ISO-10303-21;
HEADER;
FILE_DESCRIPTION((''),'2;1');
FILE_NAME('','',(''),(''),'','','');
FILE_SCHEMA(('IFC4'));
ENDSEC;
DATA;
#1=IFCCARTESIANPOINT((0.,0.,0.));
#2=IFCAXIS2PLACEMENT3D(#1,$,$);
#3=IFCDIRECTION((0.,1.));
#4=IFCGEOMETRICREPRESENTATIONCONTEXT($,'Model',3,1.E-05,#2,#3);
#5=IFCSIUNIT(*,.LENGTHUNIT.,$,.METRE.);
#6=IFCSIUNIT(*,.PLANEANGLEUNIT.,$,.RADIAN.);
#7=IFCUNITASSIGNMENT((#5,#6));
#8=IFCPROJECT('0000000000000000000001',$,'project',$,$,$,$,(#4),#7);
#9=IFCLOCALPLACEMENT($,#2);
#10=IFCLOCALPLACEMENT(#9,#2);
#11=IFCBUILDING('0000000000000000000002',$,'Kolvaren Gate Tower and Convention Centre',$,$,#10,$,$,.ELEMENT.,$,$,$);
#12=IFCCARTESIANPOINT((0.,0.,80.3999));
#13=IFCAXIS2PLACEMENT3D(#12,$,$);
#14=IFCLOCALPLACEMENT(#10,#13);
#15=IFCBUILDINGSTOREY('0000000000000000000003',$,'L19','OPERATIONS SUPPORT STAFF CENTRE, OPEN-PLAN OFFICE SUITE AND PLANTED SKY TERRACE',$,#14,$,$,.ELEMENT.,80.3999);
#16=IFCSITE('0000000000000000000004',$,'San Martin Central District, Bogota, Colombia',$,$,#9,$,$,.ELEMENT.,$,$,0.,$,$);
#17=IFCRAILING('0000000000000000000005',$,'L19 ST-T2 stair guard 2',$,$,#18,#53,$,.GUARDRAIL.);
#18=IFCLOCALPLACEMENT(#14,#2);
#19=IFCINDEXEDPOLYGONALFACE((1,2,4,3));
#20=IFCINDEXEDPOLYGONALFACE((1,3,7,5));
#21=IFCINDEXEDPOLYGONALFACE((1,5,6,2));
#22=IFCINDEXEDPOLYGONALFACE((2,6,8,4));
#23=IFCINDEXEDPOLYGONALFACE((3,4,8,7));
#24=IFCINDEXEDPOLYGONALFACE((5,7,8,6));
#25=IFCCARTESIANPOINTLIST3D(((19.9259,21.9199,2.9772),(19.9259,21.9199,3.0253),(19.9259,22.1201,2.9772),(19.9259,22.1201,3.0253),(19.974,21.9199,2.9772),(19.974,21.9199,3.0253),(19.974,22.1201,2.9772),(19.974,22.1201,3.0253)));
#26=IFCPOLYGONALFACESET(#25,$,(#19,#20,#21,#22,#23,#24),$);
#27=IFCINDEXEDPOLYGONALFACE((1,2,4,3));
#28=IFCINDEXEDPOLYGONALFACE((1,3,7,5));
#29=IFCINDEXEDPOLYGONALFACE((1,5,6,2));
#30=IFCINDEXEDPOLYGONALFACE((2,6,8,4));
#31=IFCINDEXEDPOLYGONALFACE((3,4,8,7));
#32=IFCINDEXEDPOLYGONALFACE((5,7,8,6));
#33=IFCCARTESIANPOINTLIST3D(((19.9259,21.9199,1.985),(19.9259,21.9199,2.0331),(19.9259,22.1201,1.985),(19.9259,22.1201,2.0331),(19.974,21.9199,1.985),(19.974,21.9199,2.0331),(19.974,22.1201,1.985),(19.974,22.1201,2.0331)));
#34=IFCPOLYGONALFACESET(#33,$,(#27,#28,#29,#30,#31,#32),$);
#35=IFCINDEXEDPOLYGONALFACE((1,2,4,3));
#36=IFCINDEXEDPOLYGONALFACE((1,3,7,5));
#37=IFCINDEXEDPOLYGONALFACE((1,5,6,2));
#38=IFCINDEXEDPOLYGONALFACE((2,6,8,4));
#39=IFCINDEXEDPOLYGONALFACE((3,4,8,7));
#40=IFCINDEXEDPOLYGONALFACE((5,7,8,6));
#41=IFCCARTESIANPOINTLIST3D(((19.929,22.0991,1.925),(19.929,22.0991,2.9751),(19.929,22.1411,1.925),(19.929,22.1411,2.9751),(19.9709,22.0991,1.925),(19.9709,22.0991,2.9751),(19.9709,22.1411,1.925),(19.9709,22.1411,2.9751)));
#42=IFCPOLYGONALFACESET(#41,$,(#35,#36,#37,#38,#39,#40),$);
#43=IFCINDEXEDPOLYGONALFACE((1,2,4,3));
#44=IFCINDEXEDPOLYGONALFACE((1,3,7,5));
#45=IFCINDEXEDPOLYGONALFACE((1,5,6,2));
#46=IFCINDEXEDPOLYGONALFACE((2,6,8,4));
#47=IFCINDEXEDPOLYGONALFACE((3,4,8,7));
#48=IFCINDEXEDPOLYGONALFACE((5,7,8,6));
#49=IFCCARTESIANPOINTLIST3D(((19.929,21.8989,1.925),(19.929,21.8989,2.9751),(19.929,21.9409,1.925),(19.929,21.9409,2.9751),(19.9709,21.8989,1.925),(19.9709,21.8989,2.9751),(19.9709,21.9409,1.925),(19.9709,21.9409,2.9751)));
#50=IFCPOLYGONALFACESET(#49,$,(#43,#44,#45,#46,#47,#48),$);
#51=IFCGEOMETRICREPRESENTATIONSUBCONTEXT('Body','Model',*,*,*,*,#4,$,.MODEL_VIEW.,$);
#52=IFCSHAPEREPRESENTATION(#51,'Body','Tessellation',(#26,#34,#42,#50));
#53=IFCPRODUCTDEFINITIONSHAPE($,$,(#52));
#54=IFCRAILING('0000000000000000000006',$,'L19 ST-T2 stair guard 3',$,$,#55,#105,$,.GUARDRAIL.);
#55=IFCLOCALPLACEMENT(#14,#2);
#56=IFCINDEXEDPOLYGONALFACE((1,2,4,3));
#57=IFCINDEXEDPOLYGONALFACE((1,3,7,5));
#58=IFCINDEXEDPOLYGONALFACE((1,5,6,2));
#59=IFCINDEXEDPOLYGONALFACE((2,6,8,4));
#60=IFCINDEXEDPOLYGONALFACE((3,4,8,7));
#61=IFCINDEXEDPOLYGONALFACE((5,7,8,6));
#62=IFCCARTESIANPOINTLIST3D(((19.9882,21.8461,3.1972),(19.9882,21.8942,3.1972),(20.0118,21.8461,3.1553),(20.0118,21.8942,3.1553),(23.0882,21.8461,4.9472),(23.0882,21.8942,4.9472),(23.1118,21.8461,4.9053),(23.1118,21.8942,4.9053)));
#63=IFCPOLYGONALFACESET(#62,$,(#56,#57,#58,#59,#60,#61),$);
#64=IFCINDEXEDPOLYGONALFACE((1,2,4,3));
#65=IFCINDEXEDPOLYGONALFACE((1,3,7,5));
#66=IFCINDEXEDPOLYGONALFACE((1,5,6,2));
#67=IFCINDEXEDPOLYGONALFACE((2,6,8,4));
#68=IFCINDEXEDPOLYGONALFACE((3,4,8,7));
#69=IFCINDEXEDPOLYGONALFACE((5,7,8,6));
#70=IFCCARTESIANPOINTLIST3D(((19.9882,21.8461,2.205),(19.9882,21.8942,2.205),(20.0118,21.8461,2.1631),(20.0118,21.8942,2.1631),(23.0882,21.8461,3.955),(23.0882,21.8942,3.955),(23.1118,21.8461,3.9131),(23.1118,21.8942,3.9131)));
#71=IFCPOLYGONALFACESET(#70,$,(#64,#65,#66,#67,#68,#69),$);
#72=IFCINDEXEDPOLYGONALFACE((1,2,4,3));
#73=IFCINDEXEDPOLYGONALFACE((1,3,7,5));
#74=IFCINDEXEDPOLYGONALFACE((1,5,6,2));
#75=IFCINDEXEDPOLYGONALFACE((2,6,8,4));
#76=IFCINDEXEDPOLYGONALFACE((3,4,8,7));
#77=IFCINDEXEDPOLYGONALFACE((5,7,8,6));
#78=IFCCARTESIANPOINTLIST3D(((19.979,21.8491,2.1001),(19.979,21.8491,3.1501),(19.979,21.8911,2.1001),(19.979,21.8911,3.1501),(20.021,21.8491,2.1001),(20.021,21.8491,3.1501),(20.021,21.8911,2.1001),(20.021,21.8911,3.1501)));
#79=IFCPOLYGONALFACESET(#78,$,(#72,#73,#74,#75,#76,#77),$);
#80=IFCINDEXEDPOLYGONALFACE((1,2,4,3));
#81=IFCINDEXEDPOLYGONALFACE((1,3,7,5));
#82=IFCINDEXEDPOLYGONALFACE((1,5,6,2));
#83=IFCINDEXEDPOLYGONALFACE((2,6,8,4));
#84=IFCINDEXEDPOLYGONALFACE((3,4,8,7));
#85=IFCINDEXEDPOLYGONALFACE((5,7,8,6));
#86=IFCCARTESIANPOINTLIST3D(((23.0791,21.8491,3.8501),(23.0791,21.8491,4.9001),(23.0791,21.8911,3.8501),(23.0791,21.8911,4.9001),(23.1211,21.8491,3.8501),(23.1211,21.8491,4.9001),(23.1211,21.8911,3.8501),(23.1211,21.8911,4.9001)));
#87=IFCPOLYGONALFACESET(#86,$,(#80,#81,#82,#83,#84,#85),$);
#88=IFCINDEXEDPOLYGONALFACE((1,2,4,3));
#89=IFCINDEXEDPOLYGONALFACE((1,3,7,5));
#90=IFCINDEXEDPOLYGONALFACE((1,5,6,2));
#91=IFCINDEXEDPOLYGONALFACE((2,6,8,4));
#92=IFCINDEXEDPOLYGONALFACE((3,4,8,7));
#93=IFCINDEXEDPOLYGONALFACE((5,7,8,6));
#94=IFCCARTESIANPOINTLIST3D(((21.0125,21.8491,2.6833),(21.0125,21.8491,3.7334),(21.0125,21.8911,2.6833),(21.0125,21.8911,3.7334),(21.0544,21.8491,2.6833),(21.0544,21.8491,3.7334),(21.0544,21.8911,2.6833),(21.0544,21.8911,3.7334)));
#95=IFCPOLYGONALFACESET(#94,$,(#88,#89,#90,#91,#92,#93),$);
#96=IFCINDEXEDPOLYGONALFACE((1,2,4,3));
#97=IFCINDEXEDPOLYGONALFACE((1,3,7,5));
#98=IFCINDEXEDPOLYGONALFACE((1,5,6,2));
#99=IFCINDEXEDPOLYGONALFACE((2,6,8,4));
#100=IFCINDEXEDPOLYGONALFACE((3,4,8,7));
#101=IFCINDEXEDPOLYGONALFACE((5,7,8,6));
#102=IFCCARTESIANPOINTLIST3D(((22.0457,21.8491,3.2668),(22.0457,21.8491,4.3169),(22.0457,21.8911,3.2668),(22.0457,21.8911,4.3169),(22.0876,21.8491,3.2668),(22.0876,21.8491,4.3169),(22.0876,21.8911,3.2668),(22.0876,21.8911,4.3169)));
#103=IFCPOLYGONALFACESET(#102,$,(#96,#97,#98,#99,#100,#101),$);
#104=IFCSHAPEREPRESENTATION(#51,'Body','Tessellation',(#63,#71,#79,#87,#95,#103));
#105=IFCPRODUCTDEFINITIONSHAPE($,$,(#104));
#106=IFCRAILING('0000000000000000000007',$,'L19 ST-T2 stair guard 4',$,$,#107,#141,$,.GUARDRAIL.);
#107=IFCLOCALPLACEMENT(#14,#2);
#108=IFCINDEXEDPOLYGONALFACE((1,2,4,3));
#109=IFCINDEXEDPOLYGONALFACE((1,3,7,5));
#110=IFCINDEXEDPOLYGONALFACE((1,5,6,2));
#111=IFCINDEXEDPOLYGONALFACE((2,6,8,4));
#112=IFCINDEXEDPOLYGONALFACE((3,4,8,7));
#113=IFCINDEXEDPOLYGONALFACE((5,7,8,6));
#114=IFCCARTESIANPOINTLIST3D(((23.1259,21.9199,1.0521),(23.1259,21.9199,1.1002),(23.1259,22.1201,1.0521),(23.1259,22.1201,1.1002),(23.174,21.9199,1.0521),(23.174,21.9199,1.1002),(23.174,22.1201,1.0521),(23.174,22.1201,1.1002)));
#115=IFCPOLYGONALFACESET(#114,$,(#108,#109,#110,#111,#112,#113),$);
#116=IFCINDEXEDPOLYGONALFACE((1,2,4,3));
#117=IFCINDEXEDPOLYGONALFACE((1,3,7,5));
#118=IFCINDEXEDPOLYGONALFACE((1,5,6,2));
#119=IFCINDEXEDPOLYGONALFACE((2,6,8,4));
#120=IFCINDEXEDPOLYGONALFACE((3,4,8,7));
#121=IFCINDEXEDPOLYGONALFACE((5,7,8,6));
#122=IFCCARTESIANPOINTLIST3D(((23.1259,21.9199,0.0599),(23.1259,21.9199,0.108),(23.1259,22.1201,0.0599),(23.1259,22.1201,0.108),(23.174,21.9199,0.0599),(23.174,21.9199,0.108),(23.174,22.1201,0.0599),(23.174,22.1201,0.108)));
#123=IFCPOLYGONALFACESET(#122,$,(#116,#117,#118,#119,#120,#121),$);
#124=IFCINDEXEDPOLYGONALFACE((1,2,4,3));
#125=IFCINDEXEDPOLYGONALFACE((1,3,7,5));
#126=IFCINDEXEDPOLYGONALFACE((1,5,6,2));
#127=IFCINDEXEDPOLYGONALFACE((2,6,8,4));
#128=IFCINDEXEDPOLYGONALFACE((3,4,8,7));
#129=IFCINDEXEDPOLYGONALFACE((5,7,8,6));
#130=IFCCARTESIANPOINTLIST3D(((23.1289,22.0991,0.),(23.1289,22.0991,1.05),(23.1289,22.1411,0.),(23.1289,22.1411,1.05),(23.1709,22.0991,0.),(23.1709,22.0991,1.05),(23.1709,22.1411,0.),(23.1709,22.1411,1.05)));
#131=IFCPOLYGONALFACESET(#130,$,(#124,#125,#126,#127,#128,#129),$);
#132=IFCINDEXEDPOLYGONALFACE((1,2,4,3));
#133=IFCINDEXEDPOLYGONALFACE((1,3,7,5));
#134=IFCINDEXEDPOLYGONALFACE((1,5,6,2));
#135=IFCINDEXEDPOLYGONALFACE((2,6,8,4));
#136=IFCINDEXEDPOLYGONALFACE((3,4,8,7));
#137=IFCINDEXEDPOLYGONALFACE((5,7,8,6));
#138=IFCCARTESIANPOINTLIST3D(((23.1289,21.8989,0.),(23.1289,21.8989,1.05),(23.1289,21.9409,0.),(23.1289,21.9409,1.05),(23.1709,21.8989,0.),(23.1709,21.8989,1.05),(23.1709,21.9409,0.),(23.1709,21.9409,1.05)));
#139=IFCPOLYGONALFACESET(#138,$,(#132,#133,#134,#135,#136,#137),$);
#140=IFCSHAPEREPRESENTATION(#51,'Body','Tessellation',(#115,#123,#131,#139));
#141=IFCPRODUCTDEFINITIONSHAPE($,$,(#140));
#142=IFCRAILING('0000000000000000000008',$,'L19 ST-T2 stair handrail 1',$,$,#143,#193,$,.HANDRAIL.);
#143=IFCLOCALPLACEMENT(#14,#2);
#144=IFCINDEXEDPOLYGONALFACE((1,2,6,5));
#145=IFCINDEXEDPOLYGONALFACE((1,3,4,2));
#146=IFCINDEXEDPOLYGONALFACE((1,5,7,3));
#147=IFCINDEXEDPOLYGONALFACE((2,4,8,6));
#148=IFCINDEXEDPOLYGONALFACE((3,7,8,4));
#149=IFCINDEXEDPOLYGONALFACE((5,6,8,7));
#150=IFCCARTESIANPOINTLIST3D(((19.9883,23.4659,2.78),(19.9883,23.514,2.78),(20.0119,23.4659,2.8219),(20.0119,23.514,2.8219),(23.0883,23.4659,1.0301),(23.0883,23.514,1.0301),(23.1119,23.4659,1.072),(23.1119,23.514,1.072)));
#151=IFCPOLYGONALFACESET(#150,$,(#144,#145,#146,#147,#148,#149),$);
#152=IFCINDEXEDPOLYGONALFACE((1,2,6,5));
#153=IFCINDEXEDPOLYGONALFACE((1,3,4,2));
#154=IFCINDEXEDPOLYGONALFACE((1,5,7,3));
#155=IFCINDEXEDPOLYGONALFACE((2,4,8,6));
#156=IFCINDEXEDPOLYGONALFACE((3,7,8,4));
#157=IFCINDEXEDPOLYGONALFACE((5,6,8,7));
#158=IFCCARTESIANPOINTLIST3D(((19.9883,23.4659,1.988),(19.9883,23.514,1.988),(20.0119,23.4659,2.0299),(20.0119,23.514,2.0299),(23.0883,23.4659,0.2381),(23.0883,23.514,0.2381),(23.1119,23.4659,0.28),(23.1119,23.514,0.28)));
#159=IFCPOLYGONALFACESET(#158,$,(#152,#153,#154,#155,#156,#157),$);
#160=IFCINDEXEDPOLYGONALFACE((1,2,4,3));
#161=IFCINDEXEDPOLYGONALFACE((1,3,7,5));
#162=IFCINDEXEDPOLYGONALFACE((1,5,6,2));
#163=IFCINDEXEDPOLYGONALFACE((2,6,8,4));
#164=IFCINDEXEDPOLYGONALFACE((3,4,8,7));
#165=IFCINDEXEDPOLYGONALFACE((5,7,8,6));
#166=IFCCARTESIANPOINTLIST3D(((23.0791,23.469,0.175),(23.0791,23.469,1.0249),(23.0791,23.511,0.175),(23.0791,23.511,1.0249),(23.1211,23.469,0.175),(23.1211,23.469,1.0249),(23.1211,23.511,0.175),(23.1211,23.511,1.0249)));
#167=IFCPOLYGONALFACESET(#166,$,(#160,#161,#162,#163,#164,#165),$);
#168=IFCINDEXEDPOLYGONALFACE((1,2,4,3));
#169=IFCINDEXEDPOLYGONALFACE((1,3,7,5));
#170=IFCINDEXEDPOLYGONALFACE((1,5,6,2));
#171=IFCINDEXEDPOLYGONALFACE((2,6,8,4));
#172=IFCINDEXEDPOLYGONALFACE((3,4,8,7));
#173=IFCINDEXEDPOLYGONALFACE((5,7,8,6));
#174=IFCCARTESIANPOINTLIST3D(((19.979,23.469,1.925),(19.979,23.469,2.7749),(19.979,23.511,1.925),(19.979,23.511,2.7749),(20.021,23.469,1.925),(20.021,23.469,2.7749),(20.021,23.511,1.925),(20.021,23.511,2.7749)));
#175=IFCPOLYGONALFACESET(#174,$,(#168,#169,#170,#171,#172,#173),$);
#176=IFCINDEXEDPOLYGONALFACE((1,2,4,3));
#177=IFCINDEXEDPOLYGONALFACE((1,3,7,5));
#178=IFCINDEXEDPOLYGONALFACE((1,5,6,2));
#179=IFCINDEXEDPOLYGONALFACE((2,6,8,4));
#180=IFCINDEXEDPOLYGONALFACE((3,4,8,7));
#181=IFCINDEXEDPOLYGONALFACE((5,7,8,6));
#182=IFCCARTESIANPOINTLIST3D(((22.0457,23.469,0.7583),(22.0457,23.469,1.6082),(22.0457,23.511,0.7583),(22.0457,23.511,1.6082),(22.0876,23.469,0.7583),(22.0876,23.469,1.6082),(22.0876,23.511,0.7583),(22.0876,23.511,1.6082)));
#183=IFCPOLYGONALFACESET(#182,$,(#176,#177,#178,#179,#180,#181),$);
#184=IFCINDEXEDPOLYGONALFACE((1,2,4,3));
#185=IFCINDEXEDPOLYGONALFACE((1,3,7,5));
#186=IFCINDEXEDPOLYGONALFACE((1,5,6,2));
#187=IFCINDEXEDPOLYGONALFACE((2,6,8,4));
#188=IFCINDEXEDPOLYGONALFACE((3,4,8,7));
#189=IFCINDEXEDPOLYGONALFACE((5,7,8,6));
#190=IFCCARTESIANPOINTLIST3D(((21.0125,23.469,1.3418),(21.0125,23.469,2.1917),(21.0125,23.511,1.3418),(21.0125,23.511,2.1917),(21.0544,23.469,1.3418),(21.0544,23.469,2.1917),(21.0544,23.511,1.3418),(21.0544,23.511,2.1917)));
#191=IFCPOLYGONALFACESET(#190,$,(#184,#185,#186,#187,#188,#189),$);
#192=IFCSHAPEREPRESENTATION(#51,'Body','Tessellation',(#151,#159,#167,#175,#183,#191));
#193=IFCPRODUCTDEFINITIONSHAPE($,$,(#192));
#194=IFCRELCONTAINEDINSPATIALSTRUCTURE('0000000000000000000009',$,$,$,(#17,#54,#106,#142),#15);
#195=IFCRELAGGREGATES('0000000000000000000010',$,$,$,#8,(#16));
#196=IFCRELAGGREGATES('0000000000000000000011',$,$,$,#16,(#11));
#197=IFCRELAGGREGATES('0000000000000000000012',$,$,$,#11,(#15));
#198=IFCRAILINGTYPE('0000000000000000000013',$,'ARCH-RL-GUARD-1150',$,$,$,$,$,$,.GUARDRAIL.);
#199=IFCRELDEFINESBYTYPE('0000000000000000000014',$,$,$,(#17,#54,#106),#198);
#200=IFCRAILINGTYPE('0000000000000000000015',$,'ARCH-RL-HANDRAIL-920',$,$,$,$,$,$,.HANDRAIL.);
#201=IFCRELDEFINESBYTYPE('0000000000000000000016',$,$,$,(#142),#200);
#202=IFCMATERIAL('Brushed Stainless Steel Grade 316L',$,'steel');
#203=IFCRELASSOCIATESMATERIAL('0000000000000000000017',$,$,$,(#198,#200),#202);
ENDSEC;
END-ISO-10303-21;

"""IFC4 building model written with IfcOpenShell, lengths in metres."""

from ifc_helpers import new_model, si_unit, direction, frame, origin, origin_2d, place, context, subcontext, project, spatial, rectangle, extrude, material, type_object, element, save


model = new_model("IFC4")

# Units and contexts
model_context = context("Model", 3, precision=1e-05, world=origin(), true_north=direction((0.0, 1.0)))
body_context = subcontext(model_context, "Body", "Model", "MODEL_VIEW")
ifc_project = project(units=[si_unit("LENGTHUNIT", "METRE"), si_unit("PLANEANGLEUNIT", "RADIAN")], contexts=[model_context])

# Site, building, storey
site_placement = place(None, origin())
site = spatial("IfcSite", under=ifc_project, at=site_placement, Name="San Martin Central District, Bogota, Colombia", CompositionType="ELEMENT", RefElevation=0.0)
building_placement = place(site_placement, origin())
building = spatial("IfcBuilding", under=site, at=building_placement, Name="Kolvaren Gate Tower and Convention Centre", CompositionType="ELEMENT")
storey_placement = place(building_placement, frame((0.0, 0.0, 80.3999)))
storey = spatial("IfcBuildingStorey", under=building, at=storey_placement, Name="L19", Description="OPERATIONS SUPPORT STAFF CENTRE, OPEN-PLAN OFFICE SUITE AND PLANTED SKY TERRACE", CompositionType="ELEMENT", Elevation=80.3999)

# Shared definitions
ifc_material_1 = material(Name="Brushed Stainless Steel Grade 316L", Category="steel")

# Railings
railing_type_1 = type_object("IfcRailingType", Name="ARCH-RL-GUARD-1150", PredefinedType="GUARDRAIL", material=ifc_material_1)
railing_1_placement = place(storey_placement, frame((19.95, 22.1201, 1.925)))
element("IfcRailing", 1, at=railing_1_placement, inside=storey, type_object=railing_type_1, Name="L19 ST-T2 stair guard 2", PredefinedType="GUARDRAIL", context=body_context, shape_type="SweptSolid", body=[
    extrude(rectangle(XDim=0.0481, YDim=0.0481, at=origin_2d()), frame((0.0, 0.0, 1.0762), z_axis=(0.0, -1.0, 0.0), x_axis=(1.0, 0.0, 0.0)), (0.0, 0.0, 1.0), 0.2002),
    extrude(rectangle(XDim=0.0481, YDim=0.0481, at=origin_2d()), frame((0.0, 0.0, 0.084), z_axis=(0.0, -1.0, 0.0), x_axis=(1.0, 0.0, 0.0)), (0.0, 0.0, 1.0), 0.2002),
    extrude(rectangle(XDim=0.042, YDim=0.042, at=origin_2d()), origin(), (0.0, 0.0, 1.0), 1.05),
    extrude(rectangle(XDim=0.042, YDim=0.042, at=origin_2d()), frame((0.0, -0.2002, 0.0)), (0.0, 0.0, 1.0), 1.05),
])
railing_2_placement = place(storey_placement, frame((20.0, 21.8701, 2.1001)))
element("IfcRailing", 2, at=railing_2_placement, inside=storey, type_object=railing_type_1, Name="L19 ST-T2 stair guard 3", PredefinedType="GUARDRAIL", context=body_context, shape_type="SweptSolid", body=[
    extrude(rectangle(XDim=0.0481, YDim=0.0481, at=origin_2d()), frame((0.0, 0.0, 1.0762), z_axis=(0.870831, 0.0, 0.491583), x_axis=(0.0, 1.0, 0.0)), (0.0, 0.0, 1.0), 3.5598),
    extrude(rectangle(XDim=0.0481, YDim=0.0481, at=origin_2d()), frame((0.0, 0.0, 0.084), z_axis=(0.870831, 0.0, 0.491583), x_axis=(0.0, 1.0, 0.0)), (0.0, 0.0, 1.0), 3.5598),
    extrude(rectangle(XDim=0.042, YDim=0.042, at=origin_2d()), origin(), (0.0, 0.0, 1.0), 1.05),
    extrude(rectangle(XDim=0.042, YDim=0.042, at=origin_2d()), frame((3.1001, 0.0, 1.75)), (0.0, 0.0, 1.0), 1.05),
    extrude(rectangle(XDim=0.042, YDim=0.042, at=origin_2d()), frame((1.0334, 0.0, 0.5833)), (0.0, 0.0, 1.0), 1.05),
    extrude(rectangle(XDim=0.042, YDim=0.042, at=origin_2d()), frame((2.0667, 0.0, 1.1667)), (0.0, 0.0, 1.0), 1.05),
])
railing_3_placement = place(storey_placement, frame((23.1499, 22.1201, 0.0)))
element("IfcRailing", 3, at=railing_3_placement, inside=storey, type_object=railing_type_1, Name="L19 ST-T2 stair guard 4", PredefinedType="GUARDRAIL", context=body_context, shape_type="SweptSolid", body=[
    extrude(rectangle(XDim=0.0481, YDim=0.0481, at=origin_2d()), frame((0.0, 0.0, 1.0762), z_axis=(0.0, -1.0, 0.0), x_axis=(1.0, 0.0, 0.0)), (0.0, 0.0, 1.0), 0.2002),
    extrude(rectangle(XDim=0.0481, YDim=0.0481, at=origin_2d()), frame((0.0, 0.0, 0.084), z_axis=(0.0, -1.0, 0.0), x_axis=(1.0, 0.0, 0.0)), (0.0, 0.0, 1.0), 0.2002),
    extrude(rectangle(XDim=0.042, YDim=0.042, at=origin_2d()), origin(), (0.0, 0.0, 1.0), 1.05),
    extrude(rectangle(XDim=0.042, YDim=0.042, at=origin_2d()), frame((0.0, -0.2002, 0.0)), (0.0, 0.0, 1.0), 1.05),
])
railing_type_2 = type_object("IfcRailingType", Name="ARCH-RL-HANDRAIL-920", PredefinedType="HANDRAIL", material=ifc_material_1)
railing_4_placement = place(storey_placement, frame((23.1001, 23.49, 0.175)))
element("IfcRailing", 4, at=railing_4_placement, inside=storey, type_object=railing_type_2, Name="L19 ST-T2 stair handrail 1", PredefinedType="HANDRAIL", context=body_context, shape_type="SweptSolid", body=[
    extrude(rectangle(XDim=0.0481, YDim=0.0481, at=origin_2d()), frame((0.0, 0.0, 0.876), z_axis=(-0.870831, 0.0, 0.491583), x_axis=(0.0, -1.0, 0.0)), (0.0, 0.0, 1.0), 3.5598),
    extrude(rectangle(XDim=0.0481, YDim=0.0481, at=origin_2d()), frame((0.0, 0.0, 0.084), z_axis=(-0.870831, 0.0, 0.491583), x_axis=(0.0, -1.0, 0.0)), (0.0, 0.0, 1.0), 3.5598),
    extrude(rectangle(XDim=0.042, YDim=0.042, at=origin_2d()), origin(), (0.0, 0.0, 1.0), 0.8499),
    extrude(rectangle(XDim=0.042, YDim=0.042, at=origin_2d()), frame((-3.1001, 0.0, 1.75)), (0.0, 0.0, 1.0), 0.8499),
    extrude(rectangle(XDim=0.042, YDim=0.042, at=origin_2d()), frame((-1.0334, 0.0, 0.5833)), (0.0, 0.0, 1.0), 0.8499),
    extrude(rectangle(XDim=0.042, YDim=0.042, at=origin_2d()), frame((-2.0667, 0.0, 1.1667)), (0.0, 0.0, 1.0), 0.8499),
])

save(model, "model.ifc")
